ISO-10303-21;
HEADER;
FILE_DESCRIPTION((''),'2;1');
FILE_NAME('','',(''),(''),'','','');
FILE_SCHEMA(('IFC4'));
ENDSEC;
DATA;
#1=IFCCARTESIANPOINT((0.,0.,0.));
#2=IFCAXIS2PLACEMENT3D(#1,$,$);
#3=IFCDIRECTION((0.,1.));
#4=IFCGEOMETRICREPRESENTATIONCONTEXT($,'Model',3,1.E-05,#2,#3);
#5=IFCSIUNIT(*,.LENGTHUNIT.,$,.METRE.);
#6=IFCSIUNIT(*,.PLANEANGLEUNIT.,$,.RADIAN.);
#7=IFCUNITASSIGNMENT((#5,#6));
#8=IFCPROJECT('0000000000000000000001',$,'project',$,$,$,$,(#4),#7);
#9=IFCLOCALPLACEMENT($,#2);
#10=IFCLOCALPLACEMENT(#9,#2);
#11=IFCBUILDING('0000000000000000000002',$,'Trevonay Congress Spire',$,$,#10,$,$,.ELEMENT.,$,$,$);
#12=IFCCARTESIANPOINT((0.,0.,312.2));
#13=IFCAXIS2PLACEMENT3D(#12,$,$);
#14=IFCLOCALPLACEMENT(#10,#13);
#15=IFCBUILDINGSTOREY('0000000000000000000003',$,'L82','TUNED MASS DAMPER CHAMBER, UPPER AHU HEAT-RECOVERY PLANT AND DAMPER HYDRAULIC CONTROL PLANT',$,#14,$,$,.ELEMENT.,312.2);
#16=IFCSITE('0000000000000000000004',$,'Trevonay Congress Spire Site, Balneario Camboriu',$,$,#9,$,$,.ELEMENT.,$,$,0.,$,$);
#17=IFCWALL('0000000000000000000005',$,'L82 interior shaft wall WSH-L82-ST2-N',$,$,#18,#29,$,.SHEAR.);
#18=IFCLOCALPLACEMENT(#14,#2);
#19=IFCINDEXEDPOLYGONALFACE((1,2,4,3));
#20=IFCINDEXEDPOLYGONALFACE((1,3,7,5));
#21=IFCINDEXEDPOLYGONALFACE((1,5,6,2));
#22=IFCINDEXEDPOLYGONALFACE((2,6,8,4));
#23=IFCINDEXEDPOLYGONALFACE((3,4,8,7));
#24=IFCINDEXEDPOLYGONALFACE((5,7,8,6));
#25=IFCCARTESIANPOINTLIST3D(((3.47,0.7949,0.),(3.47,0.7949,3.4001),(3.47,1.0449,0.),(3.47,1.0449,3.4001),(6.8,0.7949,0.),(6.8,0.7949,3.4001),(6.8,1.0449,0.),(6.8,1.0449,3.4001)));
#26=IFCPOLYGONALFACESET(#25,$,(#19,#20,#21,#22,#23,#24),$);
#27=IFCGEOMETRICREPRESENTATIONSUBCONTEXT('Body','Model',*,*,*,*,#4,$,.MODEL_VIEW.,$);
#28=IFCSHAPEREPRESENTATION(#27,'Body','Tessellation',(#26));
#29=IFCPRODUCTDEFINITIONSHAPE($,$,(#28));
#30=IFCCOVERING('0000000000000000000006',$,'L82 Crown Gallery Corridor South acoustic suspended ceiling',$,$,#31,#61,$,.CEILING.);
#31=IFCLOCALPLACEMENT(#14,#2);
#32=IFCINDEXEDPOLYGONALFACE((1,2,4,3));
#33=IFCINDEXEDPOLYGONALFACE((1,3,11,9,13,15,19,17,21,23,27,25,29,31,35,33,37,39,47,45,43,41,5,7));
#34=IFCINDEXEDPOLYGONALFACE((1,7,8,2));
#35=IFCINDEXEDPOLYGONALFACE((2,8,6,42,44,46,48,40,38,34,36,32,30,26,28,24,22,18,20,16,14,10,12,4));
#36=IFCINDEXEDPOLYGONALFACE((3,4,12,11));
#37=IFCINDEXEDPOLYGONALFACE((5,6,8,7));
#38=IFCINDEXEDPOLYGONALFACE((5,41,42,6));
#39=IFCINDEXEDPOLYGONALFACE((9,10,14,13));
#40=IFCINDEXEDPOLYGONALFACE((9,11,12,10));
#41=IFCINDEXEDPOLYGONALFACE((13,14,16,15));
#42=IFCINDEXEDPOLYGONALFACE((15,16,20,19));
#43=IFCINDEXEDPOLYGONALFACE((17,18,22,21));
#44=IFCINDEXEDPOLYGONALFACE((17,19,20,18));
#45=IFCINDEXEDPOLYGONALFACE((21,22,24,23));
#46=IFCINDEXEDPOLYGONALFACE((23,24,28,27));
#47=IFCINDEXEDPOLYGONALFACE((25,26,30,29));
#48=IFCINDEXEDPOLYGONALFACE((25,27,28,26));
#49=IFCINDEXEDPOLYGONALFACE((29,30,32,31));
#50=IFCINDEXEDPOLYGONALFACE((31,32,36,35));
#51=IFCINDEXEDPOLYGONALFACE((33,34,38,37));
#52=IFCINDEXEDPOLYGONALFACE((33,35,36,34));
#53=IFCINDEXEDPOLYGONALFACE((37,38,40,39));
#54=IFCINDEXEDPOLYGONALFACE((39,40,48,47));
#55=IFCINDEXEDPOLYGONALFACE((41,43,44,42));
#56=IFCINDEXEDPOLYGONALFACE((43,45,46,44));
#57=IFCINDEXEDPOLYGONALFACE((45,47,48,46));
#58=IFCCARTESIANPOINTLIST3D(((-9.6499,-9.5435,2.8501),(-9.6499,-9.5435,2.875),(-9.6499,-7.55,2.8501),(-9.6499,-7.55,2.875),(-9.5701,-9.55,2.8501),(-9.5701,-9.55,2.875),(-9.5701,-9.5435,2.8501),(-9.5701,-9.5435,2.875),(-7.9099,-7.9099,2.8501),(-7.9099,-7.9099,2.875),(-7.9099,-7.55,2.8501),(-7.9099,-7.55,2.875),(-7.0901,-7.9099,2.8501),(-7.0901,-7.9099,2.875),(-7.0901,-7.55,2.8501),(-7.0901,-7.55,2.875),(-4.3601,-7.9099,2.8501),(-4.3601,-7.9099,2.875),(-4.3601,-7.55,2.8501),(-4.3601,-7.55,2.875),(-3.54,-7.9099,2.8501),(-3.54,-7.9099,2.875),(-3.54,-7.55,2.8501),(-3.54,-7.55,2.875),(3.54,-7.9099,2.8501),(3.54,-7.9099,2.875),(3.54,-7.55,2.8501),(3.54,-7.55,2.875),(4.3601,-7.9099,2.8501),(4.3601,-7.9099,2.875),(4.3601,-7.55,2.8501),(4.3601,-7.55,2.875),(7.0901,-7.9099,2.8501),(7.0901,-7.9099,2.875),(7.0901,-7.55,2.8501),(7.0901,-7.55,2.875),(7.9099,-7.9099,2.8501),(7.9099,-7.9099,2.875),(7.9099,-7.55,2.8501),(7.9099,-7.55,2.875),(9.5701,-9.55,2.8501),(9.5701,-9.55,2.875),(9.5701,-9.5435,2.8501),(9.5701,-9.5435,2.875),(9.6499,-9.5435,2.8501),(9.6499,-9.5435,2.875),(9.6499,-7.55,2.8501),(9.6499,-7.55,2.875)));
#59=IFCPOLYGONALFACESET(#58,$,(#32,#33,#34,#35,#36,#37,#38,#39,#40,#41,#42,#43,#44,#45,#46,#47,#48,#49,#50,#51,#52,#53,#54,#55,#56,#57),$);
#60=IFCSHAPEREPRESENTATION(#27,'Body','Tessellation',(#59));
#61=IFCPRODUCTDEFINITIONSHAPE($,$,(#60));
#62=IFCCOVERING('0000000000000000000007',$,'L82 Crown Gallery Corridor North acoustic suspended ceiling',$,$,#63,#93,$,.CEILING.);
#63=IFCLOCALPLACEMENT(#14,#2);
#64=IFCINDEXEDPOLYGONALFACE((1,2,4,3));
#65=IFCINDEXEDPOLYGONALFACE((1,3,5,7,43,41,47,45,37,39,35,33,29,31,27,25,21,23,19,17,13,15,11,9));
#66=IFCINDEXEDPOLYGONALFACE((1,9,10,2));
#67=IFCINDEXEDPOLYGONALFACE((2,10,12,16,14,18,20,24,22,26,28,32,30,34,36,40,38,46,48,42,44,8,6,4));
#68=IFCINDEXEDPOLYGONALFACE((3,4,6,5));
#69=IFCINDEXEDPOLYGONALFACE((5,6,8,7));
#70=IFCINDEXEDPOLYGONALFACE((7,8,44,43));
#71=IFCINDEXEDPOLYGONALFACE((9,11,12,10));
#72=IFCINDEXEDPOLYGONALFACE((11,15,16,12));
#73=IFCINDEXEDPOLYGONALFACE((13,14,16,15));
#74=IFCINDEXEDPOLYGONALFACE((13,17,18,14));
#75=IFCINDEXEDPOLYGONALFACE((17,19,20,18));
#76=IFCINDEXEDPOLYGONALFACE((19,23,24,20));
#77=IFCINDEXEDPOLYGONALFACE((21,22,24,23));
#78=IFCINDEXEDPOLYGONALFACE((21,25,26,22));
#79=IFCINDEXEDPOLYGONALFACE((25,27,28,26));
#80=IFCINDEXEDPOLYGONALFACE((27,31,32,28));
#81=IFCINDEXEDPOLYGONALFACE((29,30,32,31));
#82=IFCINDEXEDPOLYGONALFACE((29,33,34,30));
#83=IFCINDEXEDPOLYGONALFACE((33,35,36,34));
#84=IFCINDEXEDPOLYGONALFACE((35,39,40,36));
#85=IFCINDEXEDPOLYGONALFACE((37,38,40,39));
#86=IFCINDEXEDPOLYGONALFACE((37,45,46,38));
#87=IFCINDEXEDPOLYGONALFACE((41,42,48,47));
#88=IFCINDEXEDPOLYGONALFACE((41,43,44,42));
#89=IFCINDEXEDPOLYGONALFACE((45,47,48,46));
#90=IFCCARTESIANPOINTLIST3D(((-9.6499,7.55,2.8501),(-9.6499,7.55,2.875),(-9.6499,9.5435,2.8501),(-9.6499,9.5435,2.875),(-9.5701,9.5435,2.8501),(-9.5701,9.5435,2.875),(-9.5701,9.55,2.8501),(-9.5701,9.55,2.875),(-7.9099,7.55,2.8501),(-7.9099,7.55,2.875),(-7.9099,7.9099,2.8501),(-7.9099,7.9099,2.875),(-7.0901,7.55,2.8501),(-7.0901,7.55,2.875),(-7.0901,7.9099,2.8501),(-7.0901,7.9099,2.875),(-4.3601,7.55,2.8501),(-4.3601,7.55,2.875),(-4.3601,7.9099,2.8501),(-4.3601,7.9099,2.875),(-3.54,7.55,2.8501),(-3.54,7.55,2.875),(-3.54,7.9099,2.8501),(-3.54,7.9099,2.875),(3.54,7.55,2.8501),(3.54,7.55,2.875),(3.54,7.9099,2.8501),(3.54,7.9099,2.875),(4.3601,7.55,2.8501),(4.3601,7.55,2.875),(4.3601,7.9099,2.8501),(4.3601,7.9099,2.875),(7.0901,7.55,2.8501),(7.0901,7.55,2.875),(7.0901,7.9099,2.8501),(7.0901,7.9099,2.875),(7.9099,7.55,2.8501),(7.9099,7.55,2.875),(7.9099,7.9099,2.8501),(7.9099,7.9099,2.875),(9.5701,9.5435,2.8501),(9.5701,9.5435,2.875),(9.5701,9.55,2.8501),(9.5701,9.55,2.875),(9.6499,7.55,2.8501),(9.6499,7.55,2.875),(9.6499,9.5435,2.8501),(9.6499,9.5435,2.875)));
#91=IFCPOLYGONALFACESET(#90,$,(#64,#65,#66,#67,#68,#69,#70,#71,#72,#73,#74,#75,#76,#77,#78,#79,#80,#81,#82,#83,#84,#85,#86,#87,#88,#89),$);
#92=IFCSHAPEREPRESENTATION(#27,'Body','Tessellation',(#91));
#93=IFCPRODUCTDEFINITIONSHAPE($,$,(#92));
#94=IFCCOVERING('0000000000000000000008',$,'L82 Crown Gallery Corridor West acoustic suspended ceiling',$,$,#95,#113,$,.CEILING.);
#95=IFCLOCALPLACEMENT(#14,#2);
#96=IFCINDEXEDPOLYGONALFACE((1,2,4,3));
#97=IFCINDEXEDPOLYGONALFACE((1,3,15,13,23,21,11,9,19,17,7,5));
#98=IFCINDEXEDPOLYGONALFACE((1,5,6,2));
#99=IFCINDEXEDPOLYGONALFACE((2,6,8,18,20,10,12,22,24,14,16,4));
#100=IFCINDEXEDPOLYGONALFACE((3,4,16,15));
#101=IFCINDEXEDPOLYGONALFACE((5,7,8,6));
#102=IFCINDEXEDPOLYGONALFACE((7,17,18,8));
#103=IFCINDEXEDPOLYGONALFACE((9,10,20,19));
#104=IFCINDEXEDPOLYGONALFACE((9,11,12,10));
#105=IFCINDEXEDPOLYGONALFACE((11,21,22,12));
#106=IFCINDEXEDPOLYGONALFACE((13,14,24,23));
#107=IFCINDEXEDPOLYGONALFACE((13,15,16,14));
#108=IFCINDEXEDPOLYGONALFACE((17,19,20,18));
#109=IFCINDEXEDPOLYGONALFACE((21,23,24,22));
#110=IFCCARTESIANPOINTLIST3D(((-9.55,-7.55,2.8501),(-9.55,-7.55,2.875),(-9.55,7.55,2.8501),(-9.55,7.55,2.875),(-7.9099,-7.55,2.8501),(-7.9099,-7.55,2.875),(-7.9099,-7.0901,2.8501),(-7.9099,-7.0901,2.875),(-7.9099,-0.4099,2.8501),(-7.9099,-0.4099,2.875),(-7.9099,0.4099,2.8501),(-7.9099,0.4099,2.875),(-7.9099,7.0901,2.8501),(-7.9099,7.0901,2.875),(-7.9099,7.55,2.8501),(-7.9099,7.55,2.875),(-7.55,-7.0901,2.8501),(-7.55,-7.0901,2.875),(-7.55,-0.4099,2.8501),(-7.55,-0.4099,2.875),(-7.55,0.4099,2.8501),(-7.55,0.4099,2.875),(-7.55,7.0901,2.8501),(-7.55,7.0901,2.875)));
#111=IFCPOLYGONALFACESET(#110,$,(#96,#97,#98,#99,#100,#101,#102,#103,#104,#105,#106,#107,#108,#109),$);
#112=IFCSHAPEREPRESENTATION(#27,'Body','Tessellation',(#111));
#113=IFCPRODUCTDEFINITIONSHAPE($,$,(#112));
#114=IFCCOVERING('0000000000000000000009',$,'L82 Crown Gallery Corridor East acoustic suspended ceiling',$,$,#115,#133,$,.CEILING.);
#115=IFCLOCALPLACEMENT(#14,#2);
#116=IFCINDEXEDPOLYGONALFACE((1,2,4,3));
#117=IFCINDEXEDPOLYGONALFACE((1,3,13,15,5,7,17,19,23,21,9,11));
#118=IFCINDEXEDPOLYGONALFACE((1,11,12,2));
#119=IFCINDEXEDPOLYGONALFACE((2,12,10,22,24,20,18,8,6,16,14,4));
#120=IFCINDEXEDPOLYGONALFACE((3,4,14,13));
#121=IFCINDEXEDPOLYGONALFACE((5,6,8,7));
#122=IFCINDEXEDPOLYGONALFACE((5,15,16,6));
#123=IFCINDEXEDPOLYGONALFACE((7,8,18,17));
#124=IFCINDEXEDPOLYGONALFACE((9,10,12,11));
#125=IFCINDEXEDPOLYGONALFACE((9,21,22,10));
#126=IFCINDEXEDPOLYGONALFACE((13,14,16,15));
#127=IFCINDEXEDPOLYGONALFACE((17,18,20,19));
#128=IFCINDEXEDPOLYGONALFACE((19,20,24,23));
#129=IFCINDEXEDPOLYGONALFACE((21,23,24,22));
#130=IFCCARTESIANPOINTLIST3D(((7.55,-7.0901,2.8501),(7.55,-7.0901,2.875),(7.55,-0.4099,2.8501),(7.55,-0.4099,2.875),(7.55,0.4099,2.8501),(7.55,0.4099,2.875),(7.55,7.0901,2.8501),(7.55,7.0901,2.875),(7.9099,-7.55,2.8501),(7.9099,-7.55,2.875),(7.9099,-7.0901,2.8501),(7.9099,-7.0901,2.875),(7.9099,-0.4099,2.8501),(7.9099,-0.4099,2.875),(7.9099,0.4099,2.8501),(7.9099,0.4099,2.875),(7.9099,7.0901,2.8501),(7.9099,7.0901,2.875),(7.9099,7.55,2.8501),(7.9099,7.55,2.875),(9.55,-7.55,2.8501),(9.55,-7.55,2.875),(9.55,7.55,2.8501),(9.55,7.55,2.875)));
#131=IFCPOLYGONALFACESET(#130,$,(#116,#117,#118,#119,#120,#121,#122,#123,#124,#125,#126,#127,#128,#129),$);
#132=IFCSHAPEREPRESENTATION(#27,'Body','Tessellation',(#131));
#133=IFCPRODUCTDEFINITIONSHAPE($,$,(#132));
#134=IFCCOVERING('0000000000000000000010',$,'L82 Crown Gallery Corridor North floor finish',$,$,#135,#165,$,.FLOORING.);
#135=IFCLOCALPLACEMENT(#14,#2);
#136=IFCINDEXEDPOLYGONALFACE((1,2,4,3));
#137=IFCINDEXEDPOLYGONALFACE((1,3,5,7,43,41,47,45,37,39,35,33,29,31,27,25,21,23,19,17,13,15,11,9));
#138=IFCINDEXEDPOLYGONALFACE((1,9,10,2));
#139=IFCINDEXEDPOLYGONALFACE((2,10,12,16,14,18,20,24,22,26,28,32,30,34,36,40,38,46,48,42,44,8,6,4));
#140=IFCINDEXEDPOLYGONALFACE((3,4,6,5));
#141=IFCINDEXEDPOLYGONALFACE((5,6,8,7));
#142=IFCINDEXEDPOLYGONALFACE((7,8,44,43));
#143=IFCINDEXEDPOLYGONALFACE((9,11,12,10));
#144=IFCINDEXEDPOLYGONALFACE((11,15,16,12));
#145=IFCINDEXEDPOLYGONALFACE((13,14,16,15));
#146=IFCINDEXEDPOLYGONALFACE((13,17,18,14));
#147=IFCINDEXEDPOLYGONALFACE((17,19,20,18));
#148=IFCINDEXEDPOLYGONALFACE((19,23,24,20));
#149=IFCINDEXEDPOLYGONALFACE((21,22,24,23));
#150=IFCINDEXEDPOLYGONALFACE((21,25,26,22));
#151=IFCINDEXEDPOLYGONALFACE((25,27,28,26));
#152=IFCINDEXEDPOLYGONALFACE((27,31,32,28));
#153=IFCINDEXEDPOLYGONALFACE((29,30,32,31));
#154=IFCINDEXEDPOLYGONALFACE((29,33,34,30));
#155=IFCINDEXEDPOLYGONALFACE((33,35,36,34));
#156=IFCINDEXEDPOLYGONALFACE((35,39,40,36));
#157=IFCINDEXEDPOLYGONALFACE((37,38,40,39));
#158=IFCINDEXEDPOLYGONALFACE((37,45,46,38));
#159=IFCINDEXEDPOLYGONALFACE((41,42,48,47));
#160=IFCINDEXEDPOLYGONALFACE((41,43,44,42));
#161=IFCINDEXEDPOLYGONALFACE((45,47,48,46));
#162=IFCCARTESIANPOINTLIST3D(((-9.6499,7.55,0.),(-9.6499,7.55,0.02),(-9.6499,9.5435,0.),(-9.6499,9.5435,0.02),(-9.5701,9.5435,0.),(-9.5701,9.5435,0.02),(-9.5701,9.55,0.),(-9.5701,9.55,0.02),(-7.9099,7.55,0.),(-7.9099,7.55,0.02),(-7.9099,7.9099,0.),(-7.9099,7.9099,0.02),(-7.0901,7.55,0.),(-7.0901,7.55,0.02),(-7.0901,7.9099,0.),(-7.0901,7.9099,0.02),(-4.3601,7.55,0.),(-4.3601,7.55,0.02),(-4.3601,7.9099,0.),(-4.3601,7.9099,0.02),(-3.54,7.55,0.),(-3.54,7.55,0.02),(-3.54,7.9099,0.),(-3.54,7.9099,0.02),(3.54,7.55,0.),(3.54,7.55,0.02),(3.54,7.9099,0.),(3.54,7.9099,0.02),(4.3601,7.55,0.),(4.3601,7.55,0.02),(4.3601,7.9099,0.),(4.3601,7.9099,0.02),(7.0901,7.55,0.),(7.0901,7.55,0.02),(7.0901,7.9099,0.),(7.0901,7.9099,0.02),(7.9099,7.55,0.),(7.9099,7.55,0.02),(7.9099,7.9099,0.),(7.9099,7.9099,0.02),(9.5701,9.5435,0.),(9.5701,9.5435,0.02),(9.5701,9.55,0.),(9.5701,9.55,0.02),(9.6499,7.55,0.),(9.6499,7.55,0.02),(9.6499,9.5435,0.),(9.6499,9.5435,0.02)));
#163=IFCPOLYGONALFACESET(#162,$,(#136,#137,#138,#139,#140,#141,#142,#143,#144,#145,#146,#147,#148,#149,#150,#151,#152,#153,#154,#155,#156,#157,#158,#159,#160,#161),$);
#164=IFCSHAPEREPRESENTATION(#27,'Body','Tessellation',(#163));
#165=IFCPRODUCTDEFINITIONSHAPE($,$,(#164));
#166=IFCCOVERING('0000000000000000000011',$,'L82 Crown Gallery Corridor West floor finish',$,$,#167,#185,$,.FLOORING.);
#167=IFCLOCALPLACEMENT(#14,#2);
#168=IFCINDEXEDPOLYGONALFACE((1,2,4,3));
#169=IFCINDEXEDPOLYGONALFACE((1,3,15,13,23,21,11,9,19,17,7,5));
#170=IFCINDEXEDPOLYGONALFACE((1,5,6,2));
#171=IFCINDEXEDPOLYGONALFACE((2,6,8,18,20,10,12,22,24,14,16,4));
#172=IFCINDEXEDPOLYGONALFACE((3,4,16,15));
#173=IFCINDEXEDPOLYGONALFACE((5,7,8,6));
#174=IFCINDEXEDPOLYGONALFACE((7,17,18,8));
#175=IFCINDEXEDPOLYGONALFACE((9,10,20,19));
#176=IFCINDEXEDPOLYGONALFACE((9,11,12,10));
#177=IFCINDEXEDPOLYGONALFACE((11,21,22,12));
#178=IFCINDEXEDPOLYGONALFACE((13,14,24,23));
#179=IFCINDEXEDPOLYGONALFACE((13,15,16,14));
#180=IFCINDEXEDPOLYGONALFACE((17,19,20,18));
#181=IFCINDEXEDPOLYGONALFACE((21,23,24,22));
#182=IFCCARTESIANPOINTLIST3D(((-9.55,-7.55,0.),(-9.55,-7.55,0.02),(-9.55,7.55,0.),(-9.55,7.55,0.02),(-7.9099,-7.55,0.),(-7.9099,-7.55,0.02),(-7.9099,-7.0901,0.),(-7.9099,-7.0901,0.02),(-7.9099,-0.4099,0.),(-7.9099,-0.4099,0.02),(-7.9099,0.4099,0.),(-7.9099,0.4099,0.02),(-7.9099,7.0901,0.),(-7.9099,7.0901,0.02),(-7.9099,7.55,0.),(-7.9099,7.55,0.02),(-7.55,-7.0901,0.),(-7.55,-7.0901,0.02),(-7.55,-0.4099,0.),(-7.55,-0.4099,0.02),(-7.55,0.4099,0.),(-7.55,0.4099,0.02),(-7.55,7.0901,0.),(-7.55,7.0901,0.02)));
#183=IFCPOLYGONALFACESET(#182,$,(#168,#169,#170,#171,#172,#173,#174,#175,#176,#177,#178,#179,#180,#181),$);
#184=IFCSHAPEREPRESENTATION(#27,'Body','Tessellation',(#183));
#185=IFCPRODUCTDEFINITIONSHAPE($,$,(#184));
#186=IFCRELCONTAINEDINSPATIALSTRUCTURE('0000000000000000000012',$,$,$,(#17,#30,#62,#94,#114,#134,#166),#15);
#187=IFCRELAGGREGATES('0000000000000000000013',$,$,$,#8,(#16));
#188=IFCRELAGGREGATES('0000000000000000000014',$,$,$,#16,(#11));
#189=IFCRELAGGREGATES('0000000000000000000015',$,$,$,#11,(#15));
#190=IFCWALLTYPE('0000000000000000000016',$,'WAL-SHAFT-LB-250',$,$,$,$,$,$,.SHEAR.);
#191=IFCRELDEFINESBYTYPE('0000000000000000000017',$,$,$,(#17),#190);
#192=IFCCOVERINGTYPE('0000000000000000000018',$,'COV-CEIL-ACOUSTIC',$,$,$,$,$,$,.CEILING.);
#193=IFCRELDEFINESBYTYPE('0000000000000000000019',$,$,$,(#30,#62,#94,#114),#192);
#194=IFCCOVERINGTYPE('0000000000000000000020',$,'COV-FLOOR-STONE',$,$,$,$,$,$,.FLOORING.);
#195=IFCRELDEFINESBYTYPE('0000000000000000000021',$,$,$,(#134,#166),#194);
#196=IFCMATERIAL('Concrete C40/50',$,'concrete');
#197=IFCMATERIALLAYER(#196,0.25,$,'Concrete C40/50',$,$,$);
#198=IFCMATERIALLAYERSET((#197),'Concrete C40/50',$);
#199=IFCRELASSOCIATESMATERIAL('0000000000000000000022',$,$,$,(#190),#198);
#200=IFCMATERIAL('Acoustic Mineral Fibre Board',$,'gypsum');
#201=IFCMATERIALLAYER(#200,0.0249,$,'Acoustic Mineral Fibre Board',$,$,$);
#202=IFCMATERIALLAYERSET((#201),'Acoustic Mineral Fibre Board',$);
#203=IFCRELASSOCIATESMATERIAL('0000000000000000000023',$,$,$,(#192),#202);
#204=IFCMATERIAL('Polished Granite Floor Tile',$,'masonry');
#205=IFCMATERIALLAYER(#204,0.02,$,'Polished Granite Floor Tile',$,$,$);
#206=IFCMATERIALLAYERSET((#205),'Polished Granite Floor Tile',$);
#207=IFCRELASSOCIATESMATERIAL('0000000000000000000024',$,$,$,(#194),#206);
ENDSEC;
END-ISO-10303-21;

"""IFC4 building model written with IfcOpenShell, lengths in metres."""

from ifc_helpers import new_model, si_unit, direction, frame, frame_2d, origin, place, context, subcontext, project, spatial, polyline, rectangle, outline, extrude, material, layer, layer_set, type_object, element, save


model = new_model("IFC4")

# Units and contexts
model_context = context("Model", 3, precision=1e-05, world=origin(), true_north=direction((0.0, 1.0)))
body_context = subcontext(model_context, "Body", "Model", "MODEL_VIEW")
ifc_project = project(units=[si_unit("LENGTHUNIT", "METRE"), si_unit("PLANEANGLEUNIT", "RADIAN")], contexts=[model_context])

# Site, building, storey
site_placement = place(None, origin())
site = spatial("IfcSite", under=ifc_project, at=site_placement, Name="Trevonay Congress Spire Site, Balneario Camboriu", CompositionType="ELEMENT", RefElevation=0.0)
building_placement = place(site_placement, origin())
building = spatial("IfcBuilding", under=site, at=building_placement, Name="Trevonay Congress Spire", CompositionType="ELEMENT")
storey_placement = place(building_placement, frame((0.0, 0.0, 312.2)))
storey = spatial("IfcBuildingStorey", under=building, at=storey_placement, Name="L82", Description="TUNED MASS DAMPER CHAMBER, UPPER AHU HEAT-RECOVERY PLANT AND DAMPER HYDRAULIC CONTROL PLANT", CompositionType="ELEMENT", Elevation=312.2)

# Shared definitions
ifc_material_1 = material(Name="Concrete C40/50", Category="concrete")

# Wall
ifc_layer_1 = layer(ifc_material_1, 0.25, Name="Concrete C40/50")
ifc_layer_set_1 = layer_set([ifc_layer_1], Name="Concrete C40/50")
wall_type_1 = type_object("IfcWallType", Name="WAL-SHAFT-LB-250", PredefinedType="SHEAR", material=ifc_layer_set_1)
wall_1_placement = place(storey_placement, frame((3.47, 0.9199, 0.0), z_axis=(0.0, 0.0, 1.0), x_axis=(1.0, 0.0, 0.0)))
element("IfcWall", 1, at=wall_1_placement, inside=storey, type_object=wall_type_1, Name="L82 interior shaft wall WSH-L82-ST2-N", PredefinedType="SHEAR", context=body_context, shape_type="SweptSolid", body=[
    extrude(rectangle(XDim=3.3301, YDim=0.25, at=frame_2d((1.665, 0.0))), origin(), (0.0, 0.0, 1.0), 3.4001),
])

# Coverings
ifc_material_2 = material(Name="Acoustic Mineral Fibre Board", Category="gypsum")
ifc_layer_2 = layer(ifc_material_2, 0.0249, Name="Acoustic Mineral Fibre Board")
ifc_layer_set_2 = layer_set([ifc_layer_2], Name="Acoustic Mineral Fibre Board")
covering_type_1 = type_object("IfcCoveringType", Name="COV-CEIL-ACOUSTIC", PredefinedType="CEILING", material=ifc_layer_set_2)
covering_1_placement = place(storey_placement, frame((0.0, 0.0, 2.8501)))
element("IfcCovering", 2, at=covering_1_placement, inside=storey, type_object=covering_type_1, Name="L82 Crown Gallery Corridor South acoustic suspended ceiling", PredefinedType="CEILING", context=body_context, shape_type="SweptSolid", body=[
    extrude(outline(polyline([(-9.5701, -9.55), (-9.5701, -9.5435), (-9.6499, -9.5435), (-9.6499, -7.55), (-7.9099, -7.55), (-7.9099, -7.9099), (-7.0901, -7.9099), (-7.0901, -7.55), (-4.3601, -7.55), (-4.3601, -7.9099), (-3.54, -7.9099), (-3.54, -7.55), (3.54, -7.55), (3.54, -7.9099), (4.3601, -7.9099), (4.3601, -7.55), (7.0901, -7.55), (7.0901, -7.9099), (7.9099, -7.9099), (7.9099, -7.55), (9.6499, -7.55), (9.6499, -9.5435), (9.5701, -9.5435), (9.5701, -9.55), (-9.5701, -9.55)])), origin(), (0.0, 0.0, 1.0), 0.0249),
])
covering_2_placement = place(storey_placement, frame((0.0, 0.0, 2.8501)))
element("IfcCovering", 3, at=covering_2_placement, inside=storey, type_object=covering_type_1, Name="L82 Crown Gallery Corridor North acoustic suspended ceiling", PredefinedType="CEILING", context=body_context, shape_type="SweptSolid", body=[
    extrude(outline(polyline([(-9.6499, 7.55), (-9.6499, 9.5435), (-9.5701, 9.5435), (-9.5701, 9.55), (9.5701, 9.55), (9.5701, 9.5435), (9.6499, 9.5435), (9.6499, 7.55), (7.9099, 7.55), (7.9099, 7.9099), (7.0901, 7.9099), (7.0901, 7.55), (4.3601, 7.55), (4.3601, 7.9099), (3.54, 7.9099), (3.54, 7.55), (-3.54, 7.55), (-3.54, 7.9099), (-4.3601, 7.9099), (-4.3601, 7.55), (-7.0901, 7.55), (-7.0901, 7.9099), (-7.9099, 7.9099), (-7.9099, 7.55), (-9.6499, 7.55)])), origin(), (0.0, 0.0, 1.0), 0.0249),
])
covering_3_placement = place(storey_placement, frame((0.0, 0.0, 2.8501)))
element("IfcCovering", 4, at=covering_3_placement, inside=storey, type_object=covering_type_1, Name="L82 Crown Gallery Corridor West acoustic suspended ceiling", PredefinedType="CEILING", context=body_context, shape_type="SweptSolid", body=[
    extrude(outline(polyline([(-9.55, 7.55), (-7.9099, 7.55), (-7.9099, 7.0901), (-7.55, 7.0901), (-7.55, 0.4099), (-7.9099, 0.4099), (-7.9099, -0.4099), (-7.55, -0.4099), (-7.55, -7.0901), (-7.9099, -7.0901), (-7.9099, -7.55), (-9.55, -7.55), (-9.55, 7.55)])), origin(), (0.0, 0.0, 1.0), 0.0249),
])
covering_4_placement = place(storey_placement, frame((0.0, 0.0, 2.8501)))
element("IfcCovering", 5, at=covering_4_placement, inside=storey, type_object=covering_type_1, Name="L82 Crown Gallery Corridor East acoustic suspended ceiling", PredefinedType="CEILING", context=body_context, shape_type="SweptSolid", body=[
    extrude(outline(polyline([(9.55, -7.55), (7.9099, -7.55), (7.9099, -7.0901), (7.55, -7.0901), (7.55, -0.4099), (7.9099, -0.4099), (7.9099, 0.4099), (7.55, 0.4099), (7.55, 7.0901), (7.9099, 7.0901), (7.9099, 7.55), (9.55, 7.55), (9.55, -7.55)])), origin(), (0.0, 0.0, 1.0), 0.0249),
])
ifc_material_3 = material(Name="Polished Granite Floor Tile", Category="masonry")
ifc_layer_3 = layer(ifc_material_3, 0.02, Name="Polished Granite Floor Tile")
ifc_layer_set_3 = layer_set([ifc_layer_3], Name="Polished Granite Floor Tile")
covering_type_2 = type_object("IfcCoveringType", Name="COV-FLOOR-STONE", PredefinedType="FLOORING", material=ifc_layer_set_3)
covering_5_placement = place(storey_placement, origin())
element("IfcCovering", 6, at=covering_5_placement, inside=storey, type_object=covering_type_2, Name="L82 Crown Gallery Corridor North floor finish", PredefinedType="FLOORING", context=body_context, shape_type="SweptSolid", body=[
    extrude(outline(polyline([(-9.6499, 7.55), (-9.6499, 9.5435), (-9.5701, 9.5435), (-9.5701, 9.55), (9.5701, 9.55), (9.5701, 9.5435), (9.6499, 9.5435), (9.6499, 7.55), (7.9099, 7.55), (7.9099, 7.9099), (7.0901, 7.9099), (7.0901, 7.55), (4.3601, 7.55), (4.3601, 7.9099), (3.54, 7.9099), (3.54, 7.55), (-3.54, 7.55), (-3.54, 7.9099), (-4.3601, 7.9099), (-4.3601, 7.55), (-7.0901, 7.55), (-7.0901, 7.9099), (-7.9099, 7.9099), (-7.9099, 7.55), (-9.6499, 7.55)])), origin(), (0.0, 0.0, 1.0), 0.02),
])
covering_6_placement = place(storey_placement, origin())
element("IfcCovering", 7, at=covering_6_placement, inside=storey, type_object=covering_type_2, Name="L82 Crown Gallery Corridor West floor finish", PredefinedType="FLOORING", context=body_context, shape_type="SweptSolid", body=[
    extrude(outline(polyline([(-9.55, 7.55), (-7.9099, 7.55), (-7.9099, 7.0901), (-7.55, 7.0901), (-7.55, 0.4099), (-7.9099, 0.4099), (-7.9099, -0.4099), (-7.55, -0.4099), (-7.55, -7.0901), (-7.9099, -7.0901), (-7.9099, -7.55), (-9.55, -7.55), (-9.55, 7.55)])), origin(), (0.0, 0.0, 1.0), 0.02),
])

save(model, "model.ifc")
